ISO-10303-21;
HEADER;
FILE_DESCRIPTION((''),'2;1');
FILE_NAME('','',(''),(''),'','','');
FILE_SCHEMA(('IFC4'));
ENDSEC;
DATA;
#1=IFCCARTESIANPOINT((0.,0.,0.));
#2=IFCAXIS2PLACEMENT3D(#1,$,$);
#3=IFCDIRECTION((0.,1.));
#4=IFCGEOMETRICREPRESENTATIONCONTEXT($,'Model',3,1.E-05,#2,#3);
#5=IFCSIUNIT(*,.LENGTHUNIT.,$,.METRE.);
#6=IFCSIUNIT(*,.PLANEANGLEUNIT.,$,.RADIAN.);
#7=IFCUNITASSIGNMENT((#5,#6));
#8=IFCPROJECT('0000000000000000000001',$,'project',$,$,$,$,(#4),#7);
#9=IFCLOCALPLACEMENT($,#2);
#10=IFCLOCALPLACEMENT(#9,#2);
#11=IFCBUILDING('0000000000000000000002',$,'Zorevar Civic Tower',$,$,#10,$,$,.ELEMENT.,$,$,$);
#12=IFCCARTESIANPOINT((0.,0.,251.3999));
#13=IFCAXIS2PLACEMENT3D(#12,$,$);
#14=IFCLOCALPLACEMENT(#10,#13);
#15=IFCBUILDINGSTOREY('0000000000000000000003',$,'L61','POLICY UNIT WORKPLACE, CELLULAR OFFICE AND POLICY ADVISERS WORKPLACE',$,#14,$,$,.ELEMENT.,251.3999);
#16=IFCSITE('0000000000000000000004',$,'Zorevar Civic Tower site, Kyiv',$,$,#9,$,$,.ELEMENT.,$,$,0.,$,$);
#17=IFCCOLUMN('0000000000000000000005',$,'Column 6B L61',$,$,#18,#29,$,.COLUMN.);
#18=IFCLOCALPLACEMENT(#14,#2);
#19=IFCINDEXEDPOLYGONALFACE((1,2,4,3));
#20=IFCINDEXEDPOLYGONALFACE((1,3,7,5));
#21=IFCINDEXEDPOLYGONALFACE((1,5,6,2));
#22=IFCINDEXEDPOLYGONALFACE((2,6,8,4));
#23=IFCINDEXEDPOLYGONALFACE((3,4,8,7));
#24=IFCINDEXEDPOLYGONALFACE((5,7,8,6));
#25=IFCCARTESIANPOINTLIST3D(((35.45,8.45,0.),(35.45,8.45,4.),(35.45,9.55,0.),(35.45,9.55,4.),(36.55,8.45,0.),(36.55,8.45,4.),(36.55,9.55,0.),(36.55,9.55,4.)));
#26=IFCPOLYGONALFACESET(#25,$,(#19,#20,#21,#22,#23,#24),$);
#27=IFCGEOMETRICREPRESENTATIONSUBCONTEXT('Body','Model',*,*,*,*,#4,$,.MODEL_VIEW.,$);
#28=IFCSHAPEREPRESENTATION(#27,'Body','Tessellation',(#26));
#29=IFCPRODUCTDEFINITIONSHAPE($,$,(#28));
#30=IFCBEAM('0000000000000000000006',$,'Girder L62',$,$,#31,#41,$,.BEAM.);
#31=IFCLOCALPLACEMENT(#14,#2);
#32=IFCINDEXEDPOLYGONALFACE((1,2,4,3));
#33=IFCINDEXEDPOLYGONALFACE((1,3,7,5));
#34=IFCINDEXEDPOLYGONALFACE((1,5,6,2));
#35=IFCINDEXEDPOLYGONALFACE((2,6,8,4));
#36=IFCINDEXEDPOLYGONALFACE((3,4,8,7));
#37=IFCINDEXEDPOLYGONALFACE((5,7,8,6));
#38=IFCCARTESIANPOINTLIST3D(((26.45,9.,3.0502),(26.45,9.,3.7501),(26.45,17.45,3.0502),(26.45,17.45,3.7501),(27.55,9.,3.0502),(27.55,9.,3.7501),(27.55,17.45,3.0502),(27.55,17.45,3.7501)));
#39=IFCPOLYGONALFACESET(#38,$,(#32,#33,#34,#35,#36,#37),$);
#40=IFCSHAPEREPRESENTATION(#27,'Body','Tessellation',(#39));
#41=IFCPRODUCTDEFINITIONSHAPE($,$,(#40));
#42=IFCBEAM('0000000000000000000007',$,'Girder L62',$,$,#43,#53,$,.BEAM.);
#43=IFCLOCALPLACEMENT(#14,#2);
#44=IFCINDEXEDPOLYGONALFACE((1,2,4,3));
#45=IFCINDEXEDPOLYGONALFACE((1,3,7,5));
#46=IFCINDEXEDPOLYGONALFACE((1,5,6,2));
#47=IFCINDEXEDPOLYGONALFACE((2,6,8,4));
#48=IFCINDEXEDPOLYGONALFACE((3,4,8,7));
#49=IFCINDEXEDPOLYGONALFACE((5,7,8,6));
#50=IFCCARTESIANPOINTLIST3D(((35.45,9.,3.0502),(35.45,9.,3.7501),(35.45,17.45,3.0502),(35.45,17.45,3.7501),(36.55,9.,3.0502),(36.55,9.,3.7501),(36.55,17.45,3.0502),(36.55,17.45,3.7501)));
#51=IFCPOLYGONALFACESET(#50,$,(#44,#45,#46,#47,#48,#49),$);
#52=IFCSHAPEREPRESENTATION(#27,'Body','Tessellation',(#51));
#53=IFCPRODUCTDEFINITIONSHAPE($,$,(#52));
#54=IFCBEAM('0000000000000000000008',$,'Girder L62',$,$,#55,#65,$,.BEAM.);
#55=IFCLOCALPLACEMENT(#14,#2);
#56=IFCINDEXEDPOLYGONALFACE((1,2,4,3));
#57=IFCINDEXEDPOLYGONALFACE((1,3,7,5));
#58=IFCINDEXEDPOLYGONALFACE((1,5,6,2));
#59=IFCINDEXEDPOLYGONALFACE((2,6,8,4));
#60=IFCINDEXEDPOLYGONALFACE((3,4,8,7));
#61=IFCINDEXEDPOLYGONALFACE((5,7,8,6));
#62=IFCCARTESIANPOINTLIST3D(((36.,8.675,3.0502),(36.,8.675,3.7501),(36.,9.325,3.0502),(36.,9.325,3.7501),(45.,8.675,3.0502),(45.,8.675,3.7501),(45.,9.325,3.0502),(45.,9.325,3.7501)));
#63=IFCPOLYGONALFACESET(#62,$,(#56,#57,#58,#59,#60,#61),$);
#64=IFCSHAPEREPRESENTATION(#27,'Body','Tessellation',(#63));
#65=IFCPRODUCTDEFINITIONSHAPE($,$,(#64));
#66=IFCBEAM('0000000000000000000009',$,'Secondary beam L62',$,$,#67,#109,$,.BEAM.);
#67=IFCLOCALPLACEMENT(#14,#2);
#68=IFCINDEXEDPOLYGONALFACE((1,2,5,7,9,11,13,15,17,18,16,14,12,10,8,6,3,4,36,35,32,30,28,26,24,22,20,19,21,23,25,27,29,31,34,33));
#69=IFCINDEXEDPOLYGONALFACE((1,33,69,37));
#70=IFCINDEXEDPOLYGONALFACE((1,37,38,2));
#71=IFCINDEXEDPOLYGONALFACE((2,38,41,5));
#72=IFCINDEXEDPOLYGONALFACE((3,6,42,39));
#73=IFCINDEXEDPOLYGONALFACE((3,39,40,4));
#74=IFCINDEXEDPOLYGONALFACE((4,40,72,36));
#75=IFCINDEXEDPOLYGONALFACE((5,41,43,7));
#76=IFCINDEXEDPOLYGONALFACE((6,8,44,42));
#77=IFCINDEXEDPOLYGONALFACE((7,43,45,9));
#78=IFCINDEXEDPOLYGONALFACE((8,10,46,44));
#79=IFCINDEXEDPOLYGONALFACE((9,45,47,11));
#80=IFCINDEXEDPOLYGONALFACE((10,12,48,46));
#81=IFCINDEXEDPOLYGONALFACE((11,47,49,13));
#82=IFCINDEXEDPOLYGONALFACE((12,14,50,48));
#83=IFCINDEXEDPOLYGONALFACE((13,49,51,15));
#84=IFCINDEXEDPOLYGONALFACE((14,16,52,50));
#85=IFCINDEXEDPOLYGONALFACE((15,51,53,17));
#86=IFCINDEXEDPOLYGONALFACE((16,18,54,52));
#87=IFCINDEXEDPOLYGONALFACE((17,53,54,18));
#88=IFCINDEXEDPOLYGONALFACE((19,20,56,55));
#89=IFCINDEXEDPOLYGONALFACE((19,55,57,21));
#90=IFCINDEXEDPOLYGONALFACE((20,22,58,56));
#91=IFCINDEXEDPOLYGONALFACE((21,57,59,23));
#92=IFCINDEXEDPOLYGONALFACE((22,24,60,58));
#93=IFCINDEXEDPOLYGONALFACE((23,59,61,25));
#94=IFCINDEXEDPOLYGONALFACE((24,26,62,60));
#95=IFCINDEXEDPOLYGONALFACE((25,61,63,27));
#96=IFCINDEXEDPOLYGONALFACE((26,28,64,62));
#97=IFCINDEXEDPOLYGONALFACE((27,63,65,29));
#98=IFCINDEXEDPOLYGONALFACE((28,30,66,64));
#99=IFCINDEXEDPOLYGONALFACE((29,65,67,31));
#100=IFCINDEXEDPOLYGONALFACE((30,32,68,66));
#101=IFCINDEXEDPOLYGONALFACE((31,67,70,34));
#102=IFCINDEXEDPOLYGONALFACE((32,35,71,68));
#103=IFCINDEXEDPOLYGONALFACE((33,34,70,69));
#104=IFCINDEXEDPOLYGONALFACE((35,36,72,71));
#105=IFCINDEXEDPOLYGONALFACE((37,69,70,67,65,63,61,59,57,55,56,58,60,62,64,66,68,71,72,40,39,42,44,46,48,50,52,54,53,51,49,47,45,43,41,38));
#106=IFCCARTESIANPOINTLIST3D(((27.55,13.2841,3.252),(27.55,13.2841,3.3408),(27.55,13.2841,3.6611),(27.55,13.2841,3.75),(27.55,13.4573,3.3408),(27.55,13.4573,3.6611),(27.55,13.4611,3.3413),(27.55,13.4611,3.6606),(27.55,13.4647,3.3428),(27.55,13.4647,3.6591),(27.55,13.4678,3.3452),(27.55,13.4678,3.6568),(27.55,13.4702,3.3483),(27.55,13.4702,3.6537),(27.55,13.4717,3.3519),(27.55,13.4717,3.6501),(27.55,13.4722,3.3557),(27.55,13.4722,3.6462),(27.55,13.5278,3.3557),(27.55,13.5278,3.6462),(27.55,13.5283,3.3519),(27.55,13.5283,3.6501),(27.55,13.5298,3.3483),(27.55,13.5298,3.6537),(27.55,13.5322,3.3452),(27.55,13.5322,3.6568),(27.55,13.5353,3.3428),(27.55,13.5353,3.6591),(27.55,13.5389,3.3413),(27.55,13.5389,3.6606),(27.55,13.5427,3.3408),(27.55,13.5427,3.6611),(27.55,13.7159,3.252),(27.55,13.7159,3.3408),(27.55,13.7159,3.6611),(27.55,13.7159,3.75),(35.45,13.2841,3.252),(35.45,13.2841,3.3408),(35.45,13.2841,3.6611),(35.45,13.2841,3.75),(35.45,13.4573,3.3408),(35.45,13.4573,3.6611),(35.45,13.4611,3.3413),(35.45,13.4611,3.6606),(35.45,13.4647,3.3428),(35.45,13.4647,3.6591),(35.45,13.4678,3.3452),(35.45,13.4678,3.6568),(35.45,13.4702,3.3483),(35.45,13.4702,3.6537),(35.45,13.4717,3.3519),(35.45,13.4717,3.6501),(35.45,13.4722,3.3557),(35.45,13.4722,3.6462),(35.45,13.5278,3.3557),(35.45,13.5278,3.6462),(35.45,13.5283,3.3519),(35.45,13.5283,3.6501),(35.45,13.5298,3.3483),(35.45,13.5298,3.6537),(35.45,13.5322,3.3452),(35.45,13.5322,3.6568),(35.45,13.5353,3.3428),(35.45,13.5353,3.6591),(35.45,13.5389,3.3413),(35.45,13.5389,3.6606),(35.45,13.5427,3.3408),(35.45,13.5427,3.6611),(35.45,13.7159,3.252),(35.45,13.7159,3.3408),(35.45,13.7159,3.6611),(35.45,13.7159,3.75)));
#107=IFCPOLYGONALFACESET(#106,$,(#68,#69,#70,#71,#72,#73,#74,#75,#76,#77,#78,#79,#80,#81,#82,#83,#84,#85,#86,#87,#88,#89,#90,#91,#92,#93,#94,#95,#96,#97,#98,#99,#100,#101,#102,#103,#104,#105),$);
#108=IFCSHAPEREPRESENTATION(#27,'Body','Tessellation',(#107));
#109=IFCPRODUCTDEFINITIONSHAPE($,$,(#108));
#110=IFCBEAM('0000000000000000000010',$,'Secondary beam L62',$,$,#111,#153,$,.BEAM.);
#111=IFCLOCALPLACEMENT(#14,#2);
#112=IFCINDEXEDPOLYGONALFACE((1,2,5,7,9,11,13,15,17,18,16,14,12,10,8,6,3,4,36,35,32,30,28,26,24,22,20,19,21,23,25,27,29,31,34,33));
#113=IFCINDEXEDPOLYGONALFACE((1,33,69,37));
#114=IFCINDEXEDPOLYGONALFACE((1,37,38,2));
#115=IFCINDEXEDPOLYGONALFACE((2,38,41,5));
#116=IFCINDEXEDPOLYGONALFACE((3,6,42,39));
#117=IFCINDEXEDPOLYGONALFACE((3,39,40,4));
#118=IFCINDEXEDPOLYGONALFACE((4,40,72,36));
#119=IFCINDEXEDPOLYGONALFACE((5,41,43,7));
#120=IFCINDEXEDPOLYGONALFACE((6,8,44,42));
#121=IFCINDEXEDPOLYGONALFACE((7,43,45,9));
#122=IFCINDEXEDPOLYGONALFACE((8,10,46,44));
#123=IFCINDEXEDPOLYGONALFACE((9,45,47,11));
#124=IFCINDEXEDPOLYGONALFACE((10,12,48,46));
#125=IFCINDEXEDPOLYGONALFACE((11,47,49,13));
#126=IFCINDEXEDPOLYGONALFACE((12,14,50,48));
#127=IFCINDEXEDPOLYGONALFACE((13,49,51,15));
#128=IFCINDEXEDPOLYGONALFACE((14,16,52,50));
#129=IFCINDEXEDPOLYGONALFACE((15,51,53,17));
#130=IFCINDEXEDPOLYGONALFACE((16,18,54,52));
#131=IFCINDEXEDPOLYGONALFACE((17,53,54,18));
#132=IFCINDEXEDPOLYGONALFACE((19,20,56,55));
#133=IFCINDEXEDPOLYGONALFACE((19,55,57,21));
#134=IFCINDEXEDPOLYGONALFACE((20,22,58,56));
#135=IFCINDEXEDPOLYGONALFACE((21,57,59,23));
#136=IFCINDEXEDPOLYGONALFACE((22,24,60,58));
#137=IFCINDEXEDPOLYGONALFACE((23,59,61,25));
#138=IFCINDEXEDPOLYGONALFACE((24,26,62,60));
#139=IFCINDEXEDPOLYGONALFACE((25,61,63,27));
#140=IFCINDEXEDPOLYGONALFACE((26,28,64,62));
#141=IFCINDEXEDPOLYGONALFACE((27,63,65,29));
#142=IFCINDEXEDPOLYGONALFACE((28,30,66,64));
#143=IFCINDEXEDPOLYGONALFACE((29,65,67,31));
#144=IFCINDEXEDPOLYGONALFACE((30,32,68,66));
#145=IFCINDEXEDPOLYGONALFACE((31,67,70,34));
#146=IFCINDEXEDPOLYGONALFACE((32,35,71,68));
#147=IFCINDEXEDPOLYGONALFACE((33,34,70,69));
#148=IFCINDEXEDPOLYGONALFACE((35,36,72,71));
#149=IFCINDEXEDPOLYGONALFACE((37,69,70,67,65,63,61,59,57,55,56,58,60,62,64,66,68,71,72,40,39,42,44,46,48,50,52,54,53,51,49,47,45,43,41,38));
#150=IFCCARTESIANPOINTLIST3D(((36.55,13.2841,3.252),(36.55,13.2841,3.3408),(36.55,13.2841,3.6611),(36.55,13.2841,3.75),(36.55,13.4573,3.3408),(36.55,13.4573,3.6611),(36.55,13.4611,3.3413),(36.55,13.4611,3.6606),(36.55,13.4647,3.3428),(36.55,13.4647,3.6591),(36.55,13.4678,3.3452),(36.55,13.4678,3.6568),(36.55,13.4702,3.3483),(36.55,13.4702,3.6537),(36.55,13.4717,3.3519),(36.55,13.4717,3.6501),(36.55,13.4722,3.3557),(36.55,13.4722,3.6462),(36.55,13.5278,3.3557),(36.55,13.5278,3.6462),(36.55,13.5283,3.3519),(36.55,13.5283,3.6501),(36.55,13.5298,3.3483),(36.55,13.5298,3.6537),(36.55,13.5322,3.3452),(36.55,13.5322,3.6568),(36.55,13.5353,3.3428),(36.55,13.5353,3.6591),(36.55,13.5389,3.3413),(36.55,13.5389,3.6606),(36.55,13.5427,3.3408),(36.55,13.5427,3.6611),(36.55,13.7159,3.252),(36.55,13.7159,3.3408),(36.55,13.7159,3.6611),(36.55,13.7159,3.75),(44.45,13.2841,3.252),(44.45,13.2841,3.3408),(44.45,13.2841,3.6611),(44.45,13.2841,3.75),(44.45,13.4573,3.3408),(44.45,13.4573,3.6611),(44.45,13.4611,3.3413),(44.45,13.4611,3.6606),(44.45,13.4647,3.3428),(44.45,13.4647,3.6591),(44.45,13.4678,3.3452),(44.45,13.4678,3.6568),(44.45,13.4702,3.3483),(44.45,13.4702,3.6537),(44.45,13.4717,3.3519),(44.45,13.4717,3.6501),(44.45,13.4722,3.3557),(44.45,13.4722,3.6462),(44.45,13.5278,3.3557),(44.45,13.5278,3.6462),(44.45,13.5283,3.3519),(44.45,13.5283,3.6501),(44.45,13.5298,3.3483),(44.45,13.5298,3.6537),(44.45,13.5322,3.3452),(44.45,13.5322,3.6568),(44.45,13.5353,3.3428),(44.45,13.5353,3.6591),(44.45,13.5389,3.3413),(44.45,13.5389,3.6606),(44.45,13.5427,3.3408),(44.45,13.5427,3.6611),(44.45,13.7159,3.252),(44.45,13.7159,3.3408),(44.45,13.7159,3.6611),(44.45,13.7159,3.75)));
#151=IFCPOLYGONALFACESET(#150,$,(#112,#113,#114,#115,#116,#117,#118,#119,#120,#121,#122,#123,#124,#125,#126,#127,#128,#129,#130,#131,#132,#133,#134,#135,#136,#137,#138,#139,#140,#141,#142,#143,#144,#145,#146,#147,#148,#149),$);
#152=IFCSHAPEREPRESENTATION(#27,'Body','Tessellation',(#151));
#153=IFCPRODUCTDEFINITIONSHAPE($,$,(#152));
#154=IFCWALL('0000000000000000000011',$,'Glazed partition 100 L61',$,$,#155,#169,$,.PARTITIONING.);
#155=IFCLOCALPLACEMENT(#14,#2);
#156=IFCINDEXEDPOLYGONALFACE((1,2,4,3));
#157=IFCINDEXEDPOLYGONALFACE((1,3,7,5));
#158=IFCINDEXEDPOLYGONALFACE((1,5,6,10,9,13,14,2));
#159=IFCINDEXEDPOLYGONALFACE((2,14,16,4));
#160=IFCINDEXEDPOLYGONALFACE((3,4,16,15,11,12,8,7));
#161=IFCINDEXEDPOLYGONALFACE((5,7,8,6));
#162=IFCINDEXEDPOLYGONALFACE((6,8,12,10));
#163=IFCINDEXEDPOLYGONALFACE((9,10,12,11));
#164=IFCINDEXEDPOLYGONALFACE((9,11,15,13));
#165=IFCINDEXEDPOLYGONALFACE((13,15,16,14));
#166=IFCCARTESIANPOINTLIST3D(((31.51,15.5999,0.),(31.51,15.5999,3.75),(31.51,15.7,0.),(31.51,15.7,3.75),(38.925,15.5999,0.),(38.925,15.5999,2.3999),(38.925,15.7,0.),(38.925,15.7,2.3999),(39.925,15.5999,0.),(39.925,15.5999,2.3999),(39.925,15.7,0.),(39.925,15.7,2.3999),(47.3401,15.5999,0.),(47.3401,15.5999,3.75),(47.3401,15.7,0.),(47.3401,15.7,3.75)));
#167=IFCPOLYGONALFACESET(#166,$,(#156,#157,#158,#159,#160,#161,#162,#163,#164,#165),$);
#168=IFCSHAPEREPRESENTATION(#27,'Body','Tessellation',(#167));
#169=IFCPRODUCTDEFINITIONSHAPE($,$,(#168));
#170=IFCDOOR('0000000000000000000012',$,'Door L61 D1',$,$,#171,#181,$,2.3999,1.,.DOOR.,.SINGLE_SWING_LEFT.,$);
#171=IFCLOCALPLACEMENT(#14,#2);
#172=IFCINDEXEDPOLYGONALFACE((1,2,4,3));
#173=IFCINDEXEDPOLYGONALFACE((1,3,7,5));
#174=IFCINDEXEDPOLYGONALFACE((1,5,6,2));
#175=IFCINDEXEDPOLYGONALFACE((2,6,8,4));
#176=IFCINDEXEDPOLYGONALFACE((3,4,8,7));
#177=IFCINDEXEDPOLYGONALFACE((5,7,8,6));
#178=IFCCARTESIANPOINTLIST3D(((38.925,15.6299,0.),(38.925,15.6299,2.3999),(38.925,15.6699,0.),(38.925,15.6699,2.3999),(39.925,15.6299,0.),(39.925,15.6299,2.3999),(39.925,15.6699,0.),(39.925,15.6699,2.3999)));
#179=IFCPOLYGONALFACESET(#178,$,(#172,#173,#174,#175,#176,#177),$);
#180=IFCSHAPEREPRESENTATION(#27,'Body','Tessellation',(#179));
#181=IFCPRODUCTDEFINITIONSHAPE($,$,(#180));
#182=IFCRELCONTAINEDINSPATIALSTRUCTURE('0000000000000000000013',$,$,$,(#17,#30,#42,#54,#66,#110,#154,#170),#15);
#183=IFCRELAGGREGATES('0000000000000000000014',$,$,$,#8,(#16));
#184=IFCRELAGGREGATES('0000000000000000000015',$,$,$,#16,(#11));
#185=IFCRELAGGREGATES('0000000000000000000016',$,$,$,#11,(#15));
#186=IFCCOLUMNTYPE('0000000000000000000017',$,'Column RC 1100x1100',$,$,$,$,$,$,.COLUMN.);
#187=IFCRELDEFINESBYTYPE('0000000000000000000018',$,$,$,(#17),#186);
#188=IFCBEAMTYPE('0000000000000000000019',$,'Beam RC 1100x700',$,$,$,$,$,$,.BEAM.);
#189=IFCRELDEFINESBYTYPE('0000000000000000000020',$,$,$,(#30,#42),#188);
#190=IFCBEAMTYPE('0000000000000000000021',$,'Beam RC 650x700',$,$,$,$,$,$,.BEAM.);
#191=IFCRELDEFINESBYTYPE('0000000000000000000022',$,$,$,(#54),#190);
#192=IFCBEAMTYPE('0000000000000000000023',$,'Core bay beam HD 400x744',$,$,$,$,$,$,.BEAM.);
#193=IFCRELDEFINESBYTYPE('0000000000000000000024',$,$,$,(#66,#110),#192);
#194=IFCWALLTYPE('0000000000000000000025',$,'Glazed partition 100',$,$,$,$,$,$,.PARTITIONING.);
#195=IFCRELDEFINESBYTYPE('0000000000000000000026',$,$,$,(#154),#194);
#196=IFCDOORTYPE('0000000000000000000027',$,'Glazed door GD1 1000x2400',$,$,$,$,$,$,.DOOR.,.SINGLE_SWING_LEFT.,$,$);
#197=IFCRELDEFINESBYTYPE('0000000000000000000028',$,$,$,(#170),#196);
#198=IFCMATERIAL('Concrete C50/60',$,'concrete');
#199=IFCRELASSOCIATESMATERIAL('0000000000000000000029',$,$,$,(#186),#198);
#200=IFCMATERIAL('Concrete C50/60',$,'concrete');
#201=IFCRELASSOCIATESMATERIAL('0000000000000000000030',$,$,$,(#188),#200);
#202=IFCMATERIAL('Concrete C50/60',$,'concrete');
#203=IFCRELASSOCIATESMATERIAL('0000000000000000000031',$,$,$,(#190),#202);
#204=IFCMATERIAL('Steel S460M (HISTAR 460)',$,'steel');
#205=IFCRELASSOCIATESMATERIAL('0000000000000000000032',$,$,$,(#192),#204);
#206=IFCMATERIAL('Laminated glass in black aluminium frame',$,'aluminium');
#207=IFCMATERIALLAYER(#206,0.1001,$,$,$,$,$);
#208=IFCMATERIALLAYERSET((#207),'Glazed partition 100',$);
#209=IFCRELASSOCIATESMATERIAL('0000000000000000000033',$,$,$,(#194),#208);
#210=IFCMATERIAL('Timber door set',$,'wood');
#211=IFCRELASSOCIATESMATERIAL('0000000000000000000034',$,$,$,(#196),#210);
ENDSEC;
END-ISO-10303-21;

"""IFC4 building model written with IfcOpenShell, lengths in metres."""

from ifc_helpers import new_model, si_unit, direction, frame, frame_2d, origin, origin_2d, place, context, subcontext, project, spatial, rectangle, i_section, extrude, material, layer, layer_set, material_profile, profile_set, type_object, element, fill, save


model = new_model("IFC4")

# Units and contexts
model_context = context("Model", 3, precision=1e-05, world=origin(), true_north=direction((0.0, 1.0)))
body_context = subcontext(model_context, "Body", "Model", "MODEL_VIEW")
ifc_project = project(units=[si_unit("LENGTHUNIT", "METRE"), si_unit("PLANEANGLEUNIT", "RADIAN")], contexts=[model_context])

# Site, building, storey
site_placement = place(None, origin())
site = spatial("IfcSite", under=ifc_project, at=site_placement, Name="Zorevar Civic Tower site, Kyiv", CompositionType="ELEMENT", RefElevation=0.0)
building_placement = place(site_placement, origin())
building = spatial("IfcBuilding", under=site, at=building_placement, Name="Zorevar Civic Tower", CompositionType="ELEMENT")
storey_placement = place(building_placement, frame((0.0, 0.0, 251.3999)))
storey = spatial("IfcBuildingStorey", under=building, at=storey_placement, Name="L61", Description="POLICY UNIT WORKPLACE, CELLULAR OFFICE AND POLICY ADVISERS WORKPLACE", CompositionType="ELEMENT", Elevation=251.3999)

# Column
ifc_material_1 = material(Name="Concrete C50/60", Category="concrete")
ifc_material_profile_1 = material_profile(ifc_material_1, rectangle(XDim=1.1001, YDim=1.1001, at=origin_2d()), Name="RC 1100x1100")
ifc_profile_set_1 = profile_set([ifc_material_profile_1], Name="Concrete C50/60")
column_type = type_object("IfcColumnType", Name="Column RC 1100x1100", PredefinedType="COLUMN", material=ifc_profile_set_1)
column_placement = place(storey_placement, frame((36.0, 9.0, 0.0), z_axis=(0.0, 0.0, 1.0), x_axis=(1.0, 0.0, 0.0)))
element("IfcColumn", 1, at=column_placement, inside=storey, type_object=column_type, Name="Column 6B L61", PredefinedType="COLUMN", context=body_context, shape_type="SweptSolid", body=[
    extrude(rectangle(XDim=1.1001, YDim=1.1001, at=origin_2d()), origin(), (0.0, 0.0, 1.0), 4.0),
])

# Beams
ifc_material_2 = material(Name="Concrete C50/60", Category="concrete")
ifc_material_profile_2 = material_profile(ifc_material_2, rectangle(XDim=1.1001, YDim=0.7, at=origin_2d()), Name="RC 1100x700")
ifc_profile_set_2 = profile_set([ifc_material_profile_2], Name="Concrete C50/60")
beam_type_1 = type_object("IfcBeamType", Name="Beam RC 1100x700", PredefinedType="BEAM", material=ifc_profile_set_2)
for number, where, z_axis, x_axis, name in (
    (2, (27.0, 9.0, 3.4001), (0.0, 1.0, 0.0), (-1.0, 0.0, 0.0), "Girder L62"),
    (3, (36.0, 9.0, 3.4001), (0.0, 1.0, 0.0), (-1.0, 0.0, 0.0), "Girder L62"),
):
    element("IfcBeam", number, at=place(storey_placement, frame(where, z_axis=z_axis, x_axis=x_axis)), inside=storey, type_object=beam_type_1, Name=name, PredefinedType="BEAM", context=body_context, shape_type="SweptSolid", body=[
        extrude(rectangle(XDim=1.1001, YDim=0.7, at=origin_2d()), origin(), (0.0, 0.0, 1.0), 8.45),
    ])
ifc_material_3 = material(Name="Concrete C50/60", Category="concrete")
ifc_material_profile_3 = material_profile(ifc_material_3, rectangle(XDim=0.6499, YDim=0.7, at=origin_2d()), Name="RC 650x700")
ifc_profile_set_3 = profile_set([ifc_material_profile_3], Name="Concrete C50/60")
beam_type_2 = type_object("IfcBeamType", Name="Beam RC 650x700", PredefinedType="BEAM", material=ifc_profile_set_3)
beam_placement = place(storey_placement, frame((36.0, 9.0, 3.4001), z_axis=(1.0, 0.0, 0.0), x_axis=(0.0, 1.0, 0.0)))
element("IfcBeam", 4, at=beam_placement, inside=storey, type_object=beam_type_2, Name="Girder L62", PredefinedType="BEAM", context=body_context, shape_type="SweptSolid", body=[
    extrude(rectangle(XDim=0.6499, YDim=0.7, at=origin_2d()), origin(), (0.0, 0.0, 1.0), 9.0),
])
ifc_material_4 = material(Name="Steel S460M (HISTAR 460)", Category="steel")
ifc_material_profile_4 = material_profile(ifc_material_4, i_section(OverallWidth=0.4319, OverallDepth=0.498, WebThickness=0.0557, FlangeThickness=0.0889, FilletRadius=0.0149, at=origin_2d()), Name="HD 400x744")
ifc_profile_set_4 = profile_set([ifc_material_profile_4], Name="Steel S460M (HISTAR 460)")
beam_type_3 = type_object("IfcBeamType", Name="Core bay beam HD 400x744", PredefinedType="BEAM", material=ifc_profile_set_4)
for number, where, z_axis, x_axis, name in (
    (5, (27.55, 13.5, 3.501), (1.0, 0.0, 0.0), (0.0, 1.0, 0.0), "Secondary beam L62"),
    (6, (36.55, 13.5, 3.501), (1.0, 0.0, 0.0), (0.0, 1.0, 0.0), "Secondary beam L62"),
):
    element("IfcBeam", number, at=place(storey_placement, frame(where, z_axis=z_axis, x_axis=x_axis)), inside=storey, type_object=beam_type_3, Name=name, PredefinedType="BEAM", context=body_context, shape_type="SweptSolid", body=[
        extrude(i_section(OverallWidth=0.4319, OverallDepth=0.498, WebThickness=0.0557, FlangeThickness=0.0889, FilletRadius=0.0149, at=origin_2d()), origin(), (0.0, 0.0, 1.0), 7.8999),
    ])

# Wall, opening, door
ifc_material_5 = material(Name="Laminated glass in black aluminium frame", Category="aluminium")
ifc_layer_1 = layer(ifc_material_5, 0.1001)
ifc_layer_set_1 = layer_set([ifc_layer_1], Name="Glazed partition 100")
wall_type_1 = type_object("IfcWallType", Name="Glazed partition 100", PredefinedType="PARTITIONING", material=ifc_layer_set_1)
wall_1_placement = place(storey_placement, frame((31.51, 15.6499, 0.0), z_axis=(0.0, 0.0, 1.0), x_axis=(1.0, 0.0, 0.0)))
wall_1 = element("IfcWall", 7, at=wall_1_placement, inside=storey, type_object=wall_type_1, Name="Glazed partition 100 L61", PredefinedType="PARTITIONING", context=body_context, shape_type="SweptSolid", body=[
    extrude(rectangle(XDim=15.8301, YDim=0.1001, at=frame_2d((7.915, 0.0))), origin(), (0.0, 0.0, 1.0), 3.75),
])
opening_1_placement = place(wall_1_placement, frame((7.415, 0.0, 0.0)))
opening_1 = element("IfcOpeningElement", 8, at=opening_1_placement, cuts=wall_1, PredefinedType="OPENING", context=body_context, shape_type="SweptSolid", body=[
    extrude(rectangle(XDim=1.0, YDim=2.3999, at=frame_2d((0.5, 1.2))), frame((0.0, 0.0601, 0.0), z_axis=(0.0, -1.0, 0.0), x_axis=(1.0, 0.0, 0.0)), (0.0, 0.0, 1.0), 0.1201),
])
ifc_material_6 = material(Name="Timber door set", Category="wood")
door_type_1 = type_object("IfcDoorType", Name="Glazed door GD1 1000x2400", OperationType="SINGLE_SWING_LEFT", PredefinedType="DOOR", material=ifc_material_6)
door_1_placement = place(opening_1_placement, origin())
door_1 = element("IfcDoor", 9, at=door_1_placement, inside=storey, type_object=door_type_1, Name="Door L61 D1", OperationType="SINGLE_SWING_LEFT", OverallHeight=2.3999, OverallWidth=1.0, PredefinedType="DOOR", context=body_context, shape_type="SweptSolid", body=[
    extrude(rectangle(XDim=1.0, YDim=2.3999, at=frame_2d((0.5, 1.2))), frame((0.0, 0.02, 0.0), z_axis=(0.0, -1.0, 0.0), x_axis=(1.0, 0.0, 0.0)), (0.0, 0.0, 1.0), 0.04),
])
fill(opening_1, door_1)

save(model, "model.ifc")
